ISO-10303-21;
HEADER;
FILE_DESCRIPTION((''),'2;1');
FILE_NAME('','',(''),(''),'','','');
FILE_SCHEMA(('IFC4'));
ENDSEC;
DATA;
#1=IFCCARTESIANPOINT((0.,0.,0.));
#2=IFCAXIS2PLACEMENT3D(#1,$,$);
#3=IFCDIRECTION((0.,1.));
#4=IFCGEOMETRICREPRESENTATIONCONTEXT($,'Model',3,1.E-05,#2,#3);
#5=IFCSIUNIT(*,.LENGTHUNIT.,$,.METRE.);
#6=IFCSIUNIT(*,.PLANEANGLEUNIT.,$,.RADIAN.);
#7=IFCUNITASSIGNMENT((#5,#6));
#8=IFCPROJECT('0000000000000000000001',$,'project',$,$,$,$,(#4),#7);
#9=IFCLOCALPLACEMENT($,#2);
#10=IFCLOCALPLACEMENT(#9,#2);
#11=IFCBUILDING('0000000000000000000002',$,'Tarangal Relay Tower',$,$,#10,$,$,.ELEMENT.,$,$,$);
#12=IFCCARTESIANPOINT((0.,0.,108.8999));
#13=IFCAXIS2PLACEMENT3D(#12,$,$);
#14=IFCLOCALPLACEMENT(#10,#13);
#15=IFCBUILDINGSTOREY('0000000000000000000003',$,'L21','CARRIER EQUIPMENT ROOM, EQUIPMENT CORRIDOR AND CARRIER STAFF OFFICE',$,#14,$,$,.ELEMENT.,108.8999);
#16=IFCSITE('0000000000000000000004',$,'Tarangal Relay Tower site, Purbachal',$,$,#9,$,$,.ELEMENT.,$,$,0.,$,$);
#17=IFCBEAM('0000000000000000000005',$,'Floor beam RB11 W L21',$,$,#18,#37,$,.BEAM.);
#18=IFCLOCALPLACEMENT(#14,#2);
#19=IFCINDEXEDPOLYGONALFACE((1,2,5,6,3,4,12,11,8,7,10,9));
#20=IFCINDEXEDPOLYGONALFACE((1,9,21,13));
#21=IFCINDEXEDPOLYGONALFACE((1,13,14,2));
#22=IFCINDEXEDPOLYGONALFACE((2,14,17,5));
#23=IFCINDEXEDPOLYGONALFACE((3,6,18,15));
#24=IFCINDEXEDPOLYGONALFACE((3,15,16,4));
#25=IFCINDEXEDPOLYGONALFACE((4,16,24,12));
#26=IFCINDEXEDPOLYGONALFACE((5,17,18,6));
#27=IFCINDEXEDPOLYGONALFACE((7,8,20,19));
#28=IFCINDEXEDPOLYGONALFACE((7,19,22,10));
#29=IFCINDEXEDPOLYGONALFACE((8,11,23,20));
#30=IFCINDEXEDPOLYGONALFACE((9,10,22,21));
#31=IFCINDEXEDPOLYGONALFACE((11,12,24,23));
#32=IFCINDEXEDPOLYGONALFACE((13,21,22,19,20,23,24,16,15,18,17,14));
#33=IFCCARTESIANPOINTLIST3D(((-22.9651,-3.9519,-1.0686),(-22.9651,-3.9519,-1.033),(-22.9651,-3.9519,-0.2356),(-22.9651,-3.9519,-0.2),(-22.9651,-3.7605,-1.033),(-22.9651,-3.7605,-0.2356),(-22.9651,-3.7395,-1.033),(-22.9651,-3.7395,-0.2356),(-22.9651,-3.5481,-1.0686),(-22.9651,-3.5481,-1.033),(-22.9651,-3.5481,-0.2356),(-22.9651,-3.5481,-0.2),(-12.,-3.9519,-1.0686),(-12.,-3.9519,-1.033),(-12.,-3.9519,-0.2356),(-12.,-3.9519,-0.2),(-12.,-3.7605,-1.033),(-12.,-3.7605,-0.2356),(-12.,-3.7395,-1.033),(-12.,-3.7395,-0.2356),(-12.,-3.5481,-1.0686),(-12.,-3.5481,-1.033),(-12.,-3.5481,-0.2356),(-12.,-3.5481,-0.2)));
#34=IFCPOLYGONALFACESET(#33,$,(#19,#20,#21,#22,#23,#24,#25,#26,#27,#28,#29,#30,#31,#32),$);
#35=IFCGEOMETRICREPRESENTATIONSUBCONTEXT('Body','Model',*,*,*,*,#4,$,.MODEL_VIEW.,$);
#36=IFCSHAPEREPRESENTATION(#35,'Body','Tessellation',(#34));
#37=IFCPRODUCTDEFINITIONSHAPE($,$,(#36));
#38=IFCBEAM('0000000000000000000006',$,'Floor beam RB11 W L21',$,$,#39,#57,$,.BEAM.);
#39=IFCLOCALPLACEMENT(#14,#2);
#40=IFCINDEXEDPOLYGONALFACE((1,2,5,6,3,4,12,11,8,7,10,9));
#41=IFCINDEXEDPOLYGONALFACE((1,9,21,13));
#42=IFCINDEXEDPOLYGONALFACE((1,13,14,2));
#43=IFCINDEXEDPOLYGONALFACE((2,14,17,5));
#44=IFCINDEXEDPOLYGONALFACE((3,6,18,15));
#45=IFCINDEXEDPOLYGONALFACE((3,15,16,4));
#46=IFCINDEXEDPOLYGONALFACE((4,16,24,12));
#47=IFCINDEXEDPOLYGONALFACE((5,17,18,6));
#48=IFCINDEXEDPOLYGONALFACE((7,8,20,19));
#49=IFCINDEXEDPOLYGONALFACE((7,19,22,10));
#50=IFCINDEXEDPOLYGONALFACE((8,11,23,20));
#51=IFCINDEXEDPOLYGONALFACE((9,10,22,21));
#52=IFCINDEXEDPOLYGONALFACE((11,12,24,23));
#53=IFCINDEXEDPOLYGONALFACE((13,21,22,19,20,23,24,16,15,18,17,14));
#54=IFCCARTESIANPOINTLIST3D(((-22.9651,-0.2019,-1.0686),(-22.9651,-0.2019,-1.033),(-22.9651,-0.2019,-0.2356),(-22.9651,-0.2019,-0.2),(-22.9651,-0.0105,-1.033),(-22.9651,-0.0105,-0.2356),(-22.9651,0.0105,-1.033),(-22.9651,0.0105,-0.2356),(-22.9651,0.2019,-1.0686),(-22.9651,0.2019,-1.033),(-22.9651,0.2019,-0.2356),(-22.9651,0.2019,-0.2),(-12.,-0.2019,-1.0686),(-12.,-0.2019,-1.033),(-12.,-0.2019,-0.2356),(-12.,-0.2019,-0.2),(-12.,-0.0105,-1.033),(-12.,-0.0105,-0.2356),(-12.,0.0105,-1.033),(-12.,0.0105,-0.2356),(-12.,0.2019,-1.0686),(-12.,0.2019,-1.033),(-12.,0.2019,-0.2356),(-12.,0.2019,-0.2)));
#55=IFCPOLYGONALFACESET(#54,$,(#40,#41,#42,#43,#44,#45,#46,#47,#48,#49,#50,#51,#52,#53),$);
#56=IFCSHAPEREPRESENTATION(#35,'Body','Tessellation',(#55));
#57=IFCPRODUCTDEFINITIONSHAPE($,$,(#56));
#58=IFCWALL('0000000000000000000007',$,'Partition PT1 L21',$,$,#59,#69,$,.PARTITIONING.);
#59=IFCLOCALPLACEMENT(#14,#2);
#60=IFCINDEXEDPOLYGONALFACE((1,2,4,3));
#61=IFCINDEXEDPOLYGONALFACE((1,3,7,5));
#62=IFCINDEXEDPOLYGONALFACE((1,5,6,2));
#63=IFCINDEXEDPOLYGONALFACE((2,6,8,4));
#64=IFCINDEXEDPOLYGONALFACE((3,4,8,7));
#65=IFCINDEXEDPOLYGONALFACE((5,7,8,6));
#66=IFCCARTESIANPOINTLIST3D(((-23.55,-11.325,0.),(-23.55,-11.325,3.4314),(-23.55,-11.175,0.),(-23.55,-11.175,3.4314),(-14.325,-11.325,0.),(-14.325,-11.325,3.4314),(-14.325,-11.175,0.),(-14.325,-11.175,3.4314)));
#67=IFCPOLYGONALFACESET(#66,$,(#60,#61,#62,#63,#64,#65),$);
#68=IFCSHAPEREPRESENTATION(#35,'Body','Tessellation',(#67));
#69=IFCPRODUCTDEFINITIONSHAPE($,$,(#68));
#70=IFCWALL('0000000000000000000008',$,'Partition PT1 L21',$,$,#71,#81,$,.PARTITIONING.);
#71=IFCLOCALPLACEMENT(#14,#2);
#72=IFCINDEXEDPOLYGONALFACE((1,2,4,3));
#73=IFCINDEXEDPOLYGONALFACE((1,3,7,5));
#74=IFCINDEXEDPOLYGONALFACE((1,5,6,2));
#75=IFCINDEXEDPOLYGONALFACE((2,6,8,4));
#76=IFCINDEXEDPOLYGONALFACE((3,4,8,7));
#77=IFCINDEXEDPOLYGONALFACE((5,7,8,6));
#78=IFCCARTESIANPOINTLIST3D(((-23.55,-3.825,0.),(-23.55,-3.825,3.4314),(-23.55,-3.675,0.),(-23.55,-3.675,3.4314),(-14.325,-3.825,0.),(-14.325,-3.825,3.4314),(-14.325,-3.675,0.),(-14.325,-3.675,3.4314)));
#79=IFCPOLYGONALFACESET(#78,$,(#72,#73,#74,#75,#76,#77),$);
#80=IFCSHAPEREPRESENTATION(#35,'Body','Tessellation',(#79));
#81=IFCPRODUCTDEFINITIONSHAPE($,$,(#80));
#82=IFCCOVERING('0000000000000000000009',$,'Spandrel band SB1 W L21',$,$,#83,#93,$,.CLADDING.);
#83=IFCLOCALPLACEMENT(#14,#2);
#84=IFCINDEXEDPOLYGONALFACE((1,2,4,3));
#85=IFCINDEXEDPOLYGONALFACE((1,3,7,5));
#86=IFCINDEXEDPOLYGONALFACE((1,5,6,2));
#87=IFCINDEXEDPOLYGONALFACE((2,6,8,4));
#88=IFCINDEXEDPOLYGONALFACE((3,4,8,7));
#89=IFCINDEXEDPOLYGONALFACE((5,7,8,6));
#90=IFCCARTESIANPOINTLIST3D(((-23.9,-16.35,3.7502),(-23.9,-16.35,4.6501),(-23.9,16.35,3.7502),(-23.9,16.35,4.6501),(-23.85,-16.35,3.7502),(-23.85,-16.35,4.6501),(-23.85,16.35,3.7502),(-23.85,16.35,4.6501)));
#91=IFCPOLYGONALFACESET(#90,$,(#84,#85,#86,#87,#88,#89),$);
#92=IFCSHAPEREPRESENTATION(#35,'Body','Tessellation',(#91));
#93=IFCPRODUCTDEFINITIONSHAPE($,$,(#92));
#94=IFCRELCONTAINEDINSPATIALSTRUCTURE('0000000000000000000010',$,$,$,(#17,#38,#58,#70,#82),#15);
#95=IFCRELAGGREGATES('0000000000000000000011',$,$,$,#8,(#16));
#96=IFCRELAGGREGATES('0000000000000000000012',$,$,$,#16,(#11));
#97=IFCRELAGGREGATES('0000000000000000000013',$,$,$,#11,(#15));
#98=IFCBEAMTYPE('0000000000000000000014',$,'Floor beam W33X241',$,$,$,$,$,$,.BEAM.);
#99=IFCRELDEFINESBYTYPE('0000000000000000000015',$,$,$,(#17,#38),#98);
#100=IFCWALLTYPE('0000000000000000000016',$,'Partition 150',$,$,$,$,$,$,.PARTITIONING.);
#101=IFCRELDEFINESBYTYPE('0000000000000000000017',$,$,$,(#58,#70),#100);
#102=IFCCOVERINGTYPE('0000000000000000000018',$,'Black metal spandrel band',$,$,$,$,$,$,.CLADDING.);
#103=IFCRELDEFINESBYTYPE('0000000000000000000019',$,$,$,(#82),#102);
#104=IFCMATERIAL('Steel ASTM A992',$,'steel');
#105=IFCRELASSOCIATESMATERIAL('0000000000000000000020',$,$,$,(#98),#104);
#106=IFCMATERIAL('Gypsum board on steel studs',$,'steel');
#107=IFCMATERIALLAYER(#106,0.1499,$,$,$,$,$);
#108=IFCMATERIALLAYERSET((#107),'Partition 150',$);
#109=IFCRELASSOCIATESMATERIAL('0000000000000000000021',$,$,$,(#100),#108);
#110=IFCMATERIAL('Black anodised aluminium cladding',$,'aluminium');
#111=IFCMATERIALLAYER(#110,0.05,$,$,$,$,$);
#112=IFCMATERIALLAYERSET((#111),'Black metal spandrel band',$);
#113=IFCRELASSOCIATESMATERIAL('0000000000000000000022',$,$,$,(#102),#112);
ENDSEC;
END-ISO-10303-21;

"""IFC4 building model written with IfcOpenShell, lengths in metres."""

from ifc_helpers import new_model, si_unit, direction, frame, frame_2d, origin, origin_2d, place, context, subcontext, project, spatial, rectangle, i_section, extrude, material, layer, layer_set, material_profile, profile_set, type_object, element, save


model = new_model("IFC4")

# Units and contexts
model_context = context("Model", 3, precision=1e-05, world=origin(), true_north=direction((0.0, 1.0)))
body_context = subcontext(model_context, "Body", "Model", "MODEL_VIEW")
ifc_project = project(units=[si_unit("LENGTHUNIT", "METRE"), si_unit("PLANEANGLEUNIT", "RADIAN")], contexts=[model_context])

# Site, building, storey
site_placement = place(None, origin())
site = spatial("IfcSite", under=ifc_project, at=site_placement, Name="Tarangal Relay Tower site, Purbachal", CompositionType="ELEMENT", RefElevation=0.0)
building_placement = place(site_placement, origin())
building = spatial("IfcBuilding", under=site, at=building_placement, Name="Tarangal Relay Tower", CompositionType="ELEMENT")
storey_placement = place(building_placement, frame((0.0, 0.0, 108.8999)))
storey = spatial("IfcBuildingStorey", under=building, at=storey_placement, Name="L21", Description="CARRIER EQUIPMENT ROOM, EQUIPMENT CORRIDOR AND CARRIER STAFF OFFICE", CompositionType="ELEMENT", Elevation=108.8999)

# Beams
ifc_material_1 = material(Name="Steel ASTM A992", Category="steel")
ifc_material_profile_1 = material_profile(ifc_material_1, i_section(OverallWidth=0.4038, OverallDepth=0.8687, WebThickness=0.021, FlangeThickness=0.0356, at=origin_2d()), Name="W33X241")
ifc_profile_set_1 = profile_set([ifc_material_profile_1], Name="Steel ASTM A992")
beam_type_1 = type_object("IfcBeamType", Name="Floor beam W33X241", PredefinedType="BEAM", material=ifc_profile_set_1)
for number, where, z_axis, x_axis, name in (
    (1, (-12.0, -3.75, -0.6343), (-1.0, 0.0, 0.0), (0.0, -1.0, 0.0), "Floor beam RB11 W L21"),
    (2, (-12.0, 0.0, -0.6343), (-1.0, 0.0, 0.0), (0.0, -1.0, 0.0), "Floor beam RB11 W L21"),
):
    element("IfcBeam", number, at=place(storey_placement, frame(where, z_axis=z_axis, x_axis=x_axis)), inside=storey, type_object=beam_type_1, Name=name, PredefinedType="BEAM", context=body_context, shape_type="SweptSolid", body=[
        extrude(i_section(OverallWidth=0.4038, OverallDepth=0.8687, WebThickness=0.021, FlangeThickness=0.0356, at=origin_2d()), origin(), (0.0, 0.0, 1.0), 10.9651),
    ])

# Walls
ifc_material_2 = material(Name="Gypsum board on steel studs", Category="steel")
ifc_layer_1 = layer(ifc_material_2, 0.1499)
ifc_layer_set_1 = layer_set([ifc_layer_1], Name="Partition 150")
wall_type = type_object("IfcWallType", Name="Partition 150", PredefinedType="PARTITIONING", material=ifc_layer_set_1)
for number, where, z_axis, x_axis, name in (
    (3, (-23.55, -11.25, 0.0), (0.0, 0.0, 1.0), (1.0, 0.0, 0.0), "Partition PT1 L21"),
    (4, (-23.55, -3.75, 0.0), (0.0, 0.0, 1.0), (1.0, 0.0, 0.0), "Partition PT1 L21"),
):
    element("IfcWall", number, at=place(storey_placement, frame(where, z_axis=z_axis, x_axis=x_axis)), inside=storey, type_object=wall_type, Name=name, PredefinedType="PARTITIONING", context=body_context, shape_type="SweptSolid", body=[
        extrude(rectangle(XDim=9.2251, YDim=0.1499, at=frame_2d((4.6125, 0.0))), origin(), (0.0, 0.0, 1.0), 3.4314),
    ])

# Covering
ifc_material_3 = material(Name="Black anodised aluminium cladding", Category="aluminium")
ifc_layer_2 = layer(ifc_material_3, 0.05)
ifc_layer_set_2 = layer_set([ifc_layer_2], Name="Black metal spandrel band")
covering_type = type_object("IfcCoveringType", Name="Black metal spandrel band", PredefinedType="CLADDING", material=ifc_layer_set_2)
covering_placement = place(storey_placement, frame((-23.875, 0.0, 3.7502), z_axis=(0.0, 0.0, 1.0), x_axis=(0.0, 1.0, 0.0)))
element("IfcCovering", 5, at=covering_placement, inside=storey, type_object=covering_type, Name="Spandrel band SB1 W L21", PredefinedType="CLADDING", context=body_context, shape_type="SweptSolid", body=[
    extrude(rectangle(XDim=32.7, YDim=0.05, at=origin_2d()), origin(), (0.0, 0.0, 1.0), 0.8999),
])

save(model, "model.ifc")
